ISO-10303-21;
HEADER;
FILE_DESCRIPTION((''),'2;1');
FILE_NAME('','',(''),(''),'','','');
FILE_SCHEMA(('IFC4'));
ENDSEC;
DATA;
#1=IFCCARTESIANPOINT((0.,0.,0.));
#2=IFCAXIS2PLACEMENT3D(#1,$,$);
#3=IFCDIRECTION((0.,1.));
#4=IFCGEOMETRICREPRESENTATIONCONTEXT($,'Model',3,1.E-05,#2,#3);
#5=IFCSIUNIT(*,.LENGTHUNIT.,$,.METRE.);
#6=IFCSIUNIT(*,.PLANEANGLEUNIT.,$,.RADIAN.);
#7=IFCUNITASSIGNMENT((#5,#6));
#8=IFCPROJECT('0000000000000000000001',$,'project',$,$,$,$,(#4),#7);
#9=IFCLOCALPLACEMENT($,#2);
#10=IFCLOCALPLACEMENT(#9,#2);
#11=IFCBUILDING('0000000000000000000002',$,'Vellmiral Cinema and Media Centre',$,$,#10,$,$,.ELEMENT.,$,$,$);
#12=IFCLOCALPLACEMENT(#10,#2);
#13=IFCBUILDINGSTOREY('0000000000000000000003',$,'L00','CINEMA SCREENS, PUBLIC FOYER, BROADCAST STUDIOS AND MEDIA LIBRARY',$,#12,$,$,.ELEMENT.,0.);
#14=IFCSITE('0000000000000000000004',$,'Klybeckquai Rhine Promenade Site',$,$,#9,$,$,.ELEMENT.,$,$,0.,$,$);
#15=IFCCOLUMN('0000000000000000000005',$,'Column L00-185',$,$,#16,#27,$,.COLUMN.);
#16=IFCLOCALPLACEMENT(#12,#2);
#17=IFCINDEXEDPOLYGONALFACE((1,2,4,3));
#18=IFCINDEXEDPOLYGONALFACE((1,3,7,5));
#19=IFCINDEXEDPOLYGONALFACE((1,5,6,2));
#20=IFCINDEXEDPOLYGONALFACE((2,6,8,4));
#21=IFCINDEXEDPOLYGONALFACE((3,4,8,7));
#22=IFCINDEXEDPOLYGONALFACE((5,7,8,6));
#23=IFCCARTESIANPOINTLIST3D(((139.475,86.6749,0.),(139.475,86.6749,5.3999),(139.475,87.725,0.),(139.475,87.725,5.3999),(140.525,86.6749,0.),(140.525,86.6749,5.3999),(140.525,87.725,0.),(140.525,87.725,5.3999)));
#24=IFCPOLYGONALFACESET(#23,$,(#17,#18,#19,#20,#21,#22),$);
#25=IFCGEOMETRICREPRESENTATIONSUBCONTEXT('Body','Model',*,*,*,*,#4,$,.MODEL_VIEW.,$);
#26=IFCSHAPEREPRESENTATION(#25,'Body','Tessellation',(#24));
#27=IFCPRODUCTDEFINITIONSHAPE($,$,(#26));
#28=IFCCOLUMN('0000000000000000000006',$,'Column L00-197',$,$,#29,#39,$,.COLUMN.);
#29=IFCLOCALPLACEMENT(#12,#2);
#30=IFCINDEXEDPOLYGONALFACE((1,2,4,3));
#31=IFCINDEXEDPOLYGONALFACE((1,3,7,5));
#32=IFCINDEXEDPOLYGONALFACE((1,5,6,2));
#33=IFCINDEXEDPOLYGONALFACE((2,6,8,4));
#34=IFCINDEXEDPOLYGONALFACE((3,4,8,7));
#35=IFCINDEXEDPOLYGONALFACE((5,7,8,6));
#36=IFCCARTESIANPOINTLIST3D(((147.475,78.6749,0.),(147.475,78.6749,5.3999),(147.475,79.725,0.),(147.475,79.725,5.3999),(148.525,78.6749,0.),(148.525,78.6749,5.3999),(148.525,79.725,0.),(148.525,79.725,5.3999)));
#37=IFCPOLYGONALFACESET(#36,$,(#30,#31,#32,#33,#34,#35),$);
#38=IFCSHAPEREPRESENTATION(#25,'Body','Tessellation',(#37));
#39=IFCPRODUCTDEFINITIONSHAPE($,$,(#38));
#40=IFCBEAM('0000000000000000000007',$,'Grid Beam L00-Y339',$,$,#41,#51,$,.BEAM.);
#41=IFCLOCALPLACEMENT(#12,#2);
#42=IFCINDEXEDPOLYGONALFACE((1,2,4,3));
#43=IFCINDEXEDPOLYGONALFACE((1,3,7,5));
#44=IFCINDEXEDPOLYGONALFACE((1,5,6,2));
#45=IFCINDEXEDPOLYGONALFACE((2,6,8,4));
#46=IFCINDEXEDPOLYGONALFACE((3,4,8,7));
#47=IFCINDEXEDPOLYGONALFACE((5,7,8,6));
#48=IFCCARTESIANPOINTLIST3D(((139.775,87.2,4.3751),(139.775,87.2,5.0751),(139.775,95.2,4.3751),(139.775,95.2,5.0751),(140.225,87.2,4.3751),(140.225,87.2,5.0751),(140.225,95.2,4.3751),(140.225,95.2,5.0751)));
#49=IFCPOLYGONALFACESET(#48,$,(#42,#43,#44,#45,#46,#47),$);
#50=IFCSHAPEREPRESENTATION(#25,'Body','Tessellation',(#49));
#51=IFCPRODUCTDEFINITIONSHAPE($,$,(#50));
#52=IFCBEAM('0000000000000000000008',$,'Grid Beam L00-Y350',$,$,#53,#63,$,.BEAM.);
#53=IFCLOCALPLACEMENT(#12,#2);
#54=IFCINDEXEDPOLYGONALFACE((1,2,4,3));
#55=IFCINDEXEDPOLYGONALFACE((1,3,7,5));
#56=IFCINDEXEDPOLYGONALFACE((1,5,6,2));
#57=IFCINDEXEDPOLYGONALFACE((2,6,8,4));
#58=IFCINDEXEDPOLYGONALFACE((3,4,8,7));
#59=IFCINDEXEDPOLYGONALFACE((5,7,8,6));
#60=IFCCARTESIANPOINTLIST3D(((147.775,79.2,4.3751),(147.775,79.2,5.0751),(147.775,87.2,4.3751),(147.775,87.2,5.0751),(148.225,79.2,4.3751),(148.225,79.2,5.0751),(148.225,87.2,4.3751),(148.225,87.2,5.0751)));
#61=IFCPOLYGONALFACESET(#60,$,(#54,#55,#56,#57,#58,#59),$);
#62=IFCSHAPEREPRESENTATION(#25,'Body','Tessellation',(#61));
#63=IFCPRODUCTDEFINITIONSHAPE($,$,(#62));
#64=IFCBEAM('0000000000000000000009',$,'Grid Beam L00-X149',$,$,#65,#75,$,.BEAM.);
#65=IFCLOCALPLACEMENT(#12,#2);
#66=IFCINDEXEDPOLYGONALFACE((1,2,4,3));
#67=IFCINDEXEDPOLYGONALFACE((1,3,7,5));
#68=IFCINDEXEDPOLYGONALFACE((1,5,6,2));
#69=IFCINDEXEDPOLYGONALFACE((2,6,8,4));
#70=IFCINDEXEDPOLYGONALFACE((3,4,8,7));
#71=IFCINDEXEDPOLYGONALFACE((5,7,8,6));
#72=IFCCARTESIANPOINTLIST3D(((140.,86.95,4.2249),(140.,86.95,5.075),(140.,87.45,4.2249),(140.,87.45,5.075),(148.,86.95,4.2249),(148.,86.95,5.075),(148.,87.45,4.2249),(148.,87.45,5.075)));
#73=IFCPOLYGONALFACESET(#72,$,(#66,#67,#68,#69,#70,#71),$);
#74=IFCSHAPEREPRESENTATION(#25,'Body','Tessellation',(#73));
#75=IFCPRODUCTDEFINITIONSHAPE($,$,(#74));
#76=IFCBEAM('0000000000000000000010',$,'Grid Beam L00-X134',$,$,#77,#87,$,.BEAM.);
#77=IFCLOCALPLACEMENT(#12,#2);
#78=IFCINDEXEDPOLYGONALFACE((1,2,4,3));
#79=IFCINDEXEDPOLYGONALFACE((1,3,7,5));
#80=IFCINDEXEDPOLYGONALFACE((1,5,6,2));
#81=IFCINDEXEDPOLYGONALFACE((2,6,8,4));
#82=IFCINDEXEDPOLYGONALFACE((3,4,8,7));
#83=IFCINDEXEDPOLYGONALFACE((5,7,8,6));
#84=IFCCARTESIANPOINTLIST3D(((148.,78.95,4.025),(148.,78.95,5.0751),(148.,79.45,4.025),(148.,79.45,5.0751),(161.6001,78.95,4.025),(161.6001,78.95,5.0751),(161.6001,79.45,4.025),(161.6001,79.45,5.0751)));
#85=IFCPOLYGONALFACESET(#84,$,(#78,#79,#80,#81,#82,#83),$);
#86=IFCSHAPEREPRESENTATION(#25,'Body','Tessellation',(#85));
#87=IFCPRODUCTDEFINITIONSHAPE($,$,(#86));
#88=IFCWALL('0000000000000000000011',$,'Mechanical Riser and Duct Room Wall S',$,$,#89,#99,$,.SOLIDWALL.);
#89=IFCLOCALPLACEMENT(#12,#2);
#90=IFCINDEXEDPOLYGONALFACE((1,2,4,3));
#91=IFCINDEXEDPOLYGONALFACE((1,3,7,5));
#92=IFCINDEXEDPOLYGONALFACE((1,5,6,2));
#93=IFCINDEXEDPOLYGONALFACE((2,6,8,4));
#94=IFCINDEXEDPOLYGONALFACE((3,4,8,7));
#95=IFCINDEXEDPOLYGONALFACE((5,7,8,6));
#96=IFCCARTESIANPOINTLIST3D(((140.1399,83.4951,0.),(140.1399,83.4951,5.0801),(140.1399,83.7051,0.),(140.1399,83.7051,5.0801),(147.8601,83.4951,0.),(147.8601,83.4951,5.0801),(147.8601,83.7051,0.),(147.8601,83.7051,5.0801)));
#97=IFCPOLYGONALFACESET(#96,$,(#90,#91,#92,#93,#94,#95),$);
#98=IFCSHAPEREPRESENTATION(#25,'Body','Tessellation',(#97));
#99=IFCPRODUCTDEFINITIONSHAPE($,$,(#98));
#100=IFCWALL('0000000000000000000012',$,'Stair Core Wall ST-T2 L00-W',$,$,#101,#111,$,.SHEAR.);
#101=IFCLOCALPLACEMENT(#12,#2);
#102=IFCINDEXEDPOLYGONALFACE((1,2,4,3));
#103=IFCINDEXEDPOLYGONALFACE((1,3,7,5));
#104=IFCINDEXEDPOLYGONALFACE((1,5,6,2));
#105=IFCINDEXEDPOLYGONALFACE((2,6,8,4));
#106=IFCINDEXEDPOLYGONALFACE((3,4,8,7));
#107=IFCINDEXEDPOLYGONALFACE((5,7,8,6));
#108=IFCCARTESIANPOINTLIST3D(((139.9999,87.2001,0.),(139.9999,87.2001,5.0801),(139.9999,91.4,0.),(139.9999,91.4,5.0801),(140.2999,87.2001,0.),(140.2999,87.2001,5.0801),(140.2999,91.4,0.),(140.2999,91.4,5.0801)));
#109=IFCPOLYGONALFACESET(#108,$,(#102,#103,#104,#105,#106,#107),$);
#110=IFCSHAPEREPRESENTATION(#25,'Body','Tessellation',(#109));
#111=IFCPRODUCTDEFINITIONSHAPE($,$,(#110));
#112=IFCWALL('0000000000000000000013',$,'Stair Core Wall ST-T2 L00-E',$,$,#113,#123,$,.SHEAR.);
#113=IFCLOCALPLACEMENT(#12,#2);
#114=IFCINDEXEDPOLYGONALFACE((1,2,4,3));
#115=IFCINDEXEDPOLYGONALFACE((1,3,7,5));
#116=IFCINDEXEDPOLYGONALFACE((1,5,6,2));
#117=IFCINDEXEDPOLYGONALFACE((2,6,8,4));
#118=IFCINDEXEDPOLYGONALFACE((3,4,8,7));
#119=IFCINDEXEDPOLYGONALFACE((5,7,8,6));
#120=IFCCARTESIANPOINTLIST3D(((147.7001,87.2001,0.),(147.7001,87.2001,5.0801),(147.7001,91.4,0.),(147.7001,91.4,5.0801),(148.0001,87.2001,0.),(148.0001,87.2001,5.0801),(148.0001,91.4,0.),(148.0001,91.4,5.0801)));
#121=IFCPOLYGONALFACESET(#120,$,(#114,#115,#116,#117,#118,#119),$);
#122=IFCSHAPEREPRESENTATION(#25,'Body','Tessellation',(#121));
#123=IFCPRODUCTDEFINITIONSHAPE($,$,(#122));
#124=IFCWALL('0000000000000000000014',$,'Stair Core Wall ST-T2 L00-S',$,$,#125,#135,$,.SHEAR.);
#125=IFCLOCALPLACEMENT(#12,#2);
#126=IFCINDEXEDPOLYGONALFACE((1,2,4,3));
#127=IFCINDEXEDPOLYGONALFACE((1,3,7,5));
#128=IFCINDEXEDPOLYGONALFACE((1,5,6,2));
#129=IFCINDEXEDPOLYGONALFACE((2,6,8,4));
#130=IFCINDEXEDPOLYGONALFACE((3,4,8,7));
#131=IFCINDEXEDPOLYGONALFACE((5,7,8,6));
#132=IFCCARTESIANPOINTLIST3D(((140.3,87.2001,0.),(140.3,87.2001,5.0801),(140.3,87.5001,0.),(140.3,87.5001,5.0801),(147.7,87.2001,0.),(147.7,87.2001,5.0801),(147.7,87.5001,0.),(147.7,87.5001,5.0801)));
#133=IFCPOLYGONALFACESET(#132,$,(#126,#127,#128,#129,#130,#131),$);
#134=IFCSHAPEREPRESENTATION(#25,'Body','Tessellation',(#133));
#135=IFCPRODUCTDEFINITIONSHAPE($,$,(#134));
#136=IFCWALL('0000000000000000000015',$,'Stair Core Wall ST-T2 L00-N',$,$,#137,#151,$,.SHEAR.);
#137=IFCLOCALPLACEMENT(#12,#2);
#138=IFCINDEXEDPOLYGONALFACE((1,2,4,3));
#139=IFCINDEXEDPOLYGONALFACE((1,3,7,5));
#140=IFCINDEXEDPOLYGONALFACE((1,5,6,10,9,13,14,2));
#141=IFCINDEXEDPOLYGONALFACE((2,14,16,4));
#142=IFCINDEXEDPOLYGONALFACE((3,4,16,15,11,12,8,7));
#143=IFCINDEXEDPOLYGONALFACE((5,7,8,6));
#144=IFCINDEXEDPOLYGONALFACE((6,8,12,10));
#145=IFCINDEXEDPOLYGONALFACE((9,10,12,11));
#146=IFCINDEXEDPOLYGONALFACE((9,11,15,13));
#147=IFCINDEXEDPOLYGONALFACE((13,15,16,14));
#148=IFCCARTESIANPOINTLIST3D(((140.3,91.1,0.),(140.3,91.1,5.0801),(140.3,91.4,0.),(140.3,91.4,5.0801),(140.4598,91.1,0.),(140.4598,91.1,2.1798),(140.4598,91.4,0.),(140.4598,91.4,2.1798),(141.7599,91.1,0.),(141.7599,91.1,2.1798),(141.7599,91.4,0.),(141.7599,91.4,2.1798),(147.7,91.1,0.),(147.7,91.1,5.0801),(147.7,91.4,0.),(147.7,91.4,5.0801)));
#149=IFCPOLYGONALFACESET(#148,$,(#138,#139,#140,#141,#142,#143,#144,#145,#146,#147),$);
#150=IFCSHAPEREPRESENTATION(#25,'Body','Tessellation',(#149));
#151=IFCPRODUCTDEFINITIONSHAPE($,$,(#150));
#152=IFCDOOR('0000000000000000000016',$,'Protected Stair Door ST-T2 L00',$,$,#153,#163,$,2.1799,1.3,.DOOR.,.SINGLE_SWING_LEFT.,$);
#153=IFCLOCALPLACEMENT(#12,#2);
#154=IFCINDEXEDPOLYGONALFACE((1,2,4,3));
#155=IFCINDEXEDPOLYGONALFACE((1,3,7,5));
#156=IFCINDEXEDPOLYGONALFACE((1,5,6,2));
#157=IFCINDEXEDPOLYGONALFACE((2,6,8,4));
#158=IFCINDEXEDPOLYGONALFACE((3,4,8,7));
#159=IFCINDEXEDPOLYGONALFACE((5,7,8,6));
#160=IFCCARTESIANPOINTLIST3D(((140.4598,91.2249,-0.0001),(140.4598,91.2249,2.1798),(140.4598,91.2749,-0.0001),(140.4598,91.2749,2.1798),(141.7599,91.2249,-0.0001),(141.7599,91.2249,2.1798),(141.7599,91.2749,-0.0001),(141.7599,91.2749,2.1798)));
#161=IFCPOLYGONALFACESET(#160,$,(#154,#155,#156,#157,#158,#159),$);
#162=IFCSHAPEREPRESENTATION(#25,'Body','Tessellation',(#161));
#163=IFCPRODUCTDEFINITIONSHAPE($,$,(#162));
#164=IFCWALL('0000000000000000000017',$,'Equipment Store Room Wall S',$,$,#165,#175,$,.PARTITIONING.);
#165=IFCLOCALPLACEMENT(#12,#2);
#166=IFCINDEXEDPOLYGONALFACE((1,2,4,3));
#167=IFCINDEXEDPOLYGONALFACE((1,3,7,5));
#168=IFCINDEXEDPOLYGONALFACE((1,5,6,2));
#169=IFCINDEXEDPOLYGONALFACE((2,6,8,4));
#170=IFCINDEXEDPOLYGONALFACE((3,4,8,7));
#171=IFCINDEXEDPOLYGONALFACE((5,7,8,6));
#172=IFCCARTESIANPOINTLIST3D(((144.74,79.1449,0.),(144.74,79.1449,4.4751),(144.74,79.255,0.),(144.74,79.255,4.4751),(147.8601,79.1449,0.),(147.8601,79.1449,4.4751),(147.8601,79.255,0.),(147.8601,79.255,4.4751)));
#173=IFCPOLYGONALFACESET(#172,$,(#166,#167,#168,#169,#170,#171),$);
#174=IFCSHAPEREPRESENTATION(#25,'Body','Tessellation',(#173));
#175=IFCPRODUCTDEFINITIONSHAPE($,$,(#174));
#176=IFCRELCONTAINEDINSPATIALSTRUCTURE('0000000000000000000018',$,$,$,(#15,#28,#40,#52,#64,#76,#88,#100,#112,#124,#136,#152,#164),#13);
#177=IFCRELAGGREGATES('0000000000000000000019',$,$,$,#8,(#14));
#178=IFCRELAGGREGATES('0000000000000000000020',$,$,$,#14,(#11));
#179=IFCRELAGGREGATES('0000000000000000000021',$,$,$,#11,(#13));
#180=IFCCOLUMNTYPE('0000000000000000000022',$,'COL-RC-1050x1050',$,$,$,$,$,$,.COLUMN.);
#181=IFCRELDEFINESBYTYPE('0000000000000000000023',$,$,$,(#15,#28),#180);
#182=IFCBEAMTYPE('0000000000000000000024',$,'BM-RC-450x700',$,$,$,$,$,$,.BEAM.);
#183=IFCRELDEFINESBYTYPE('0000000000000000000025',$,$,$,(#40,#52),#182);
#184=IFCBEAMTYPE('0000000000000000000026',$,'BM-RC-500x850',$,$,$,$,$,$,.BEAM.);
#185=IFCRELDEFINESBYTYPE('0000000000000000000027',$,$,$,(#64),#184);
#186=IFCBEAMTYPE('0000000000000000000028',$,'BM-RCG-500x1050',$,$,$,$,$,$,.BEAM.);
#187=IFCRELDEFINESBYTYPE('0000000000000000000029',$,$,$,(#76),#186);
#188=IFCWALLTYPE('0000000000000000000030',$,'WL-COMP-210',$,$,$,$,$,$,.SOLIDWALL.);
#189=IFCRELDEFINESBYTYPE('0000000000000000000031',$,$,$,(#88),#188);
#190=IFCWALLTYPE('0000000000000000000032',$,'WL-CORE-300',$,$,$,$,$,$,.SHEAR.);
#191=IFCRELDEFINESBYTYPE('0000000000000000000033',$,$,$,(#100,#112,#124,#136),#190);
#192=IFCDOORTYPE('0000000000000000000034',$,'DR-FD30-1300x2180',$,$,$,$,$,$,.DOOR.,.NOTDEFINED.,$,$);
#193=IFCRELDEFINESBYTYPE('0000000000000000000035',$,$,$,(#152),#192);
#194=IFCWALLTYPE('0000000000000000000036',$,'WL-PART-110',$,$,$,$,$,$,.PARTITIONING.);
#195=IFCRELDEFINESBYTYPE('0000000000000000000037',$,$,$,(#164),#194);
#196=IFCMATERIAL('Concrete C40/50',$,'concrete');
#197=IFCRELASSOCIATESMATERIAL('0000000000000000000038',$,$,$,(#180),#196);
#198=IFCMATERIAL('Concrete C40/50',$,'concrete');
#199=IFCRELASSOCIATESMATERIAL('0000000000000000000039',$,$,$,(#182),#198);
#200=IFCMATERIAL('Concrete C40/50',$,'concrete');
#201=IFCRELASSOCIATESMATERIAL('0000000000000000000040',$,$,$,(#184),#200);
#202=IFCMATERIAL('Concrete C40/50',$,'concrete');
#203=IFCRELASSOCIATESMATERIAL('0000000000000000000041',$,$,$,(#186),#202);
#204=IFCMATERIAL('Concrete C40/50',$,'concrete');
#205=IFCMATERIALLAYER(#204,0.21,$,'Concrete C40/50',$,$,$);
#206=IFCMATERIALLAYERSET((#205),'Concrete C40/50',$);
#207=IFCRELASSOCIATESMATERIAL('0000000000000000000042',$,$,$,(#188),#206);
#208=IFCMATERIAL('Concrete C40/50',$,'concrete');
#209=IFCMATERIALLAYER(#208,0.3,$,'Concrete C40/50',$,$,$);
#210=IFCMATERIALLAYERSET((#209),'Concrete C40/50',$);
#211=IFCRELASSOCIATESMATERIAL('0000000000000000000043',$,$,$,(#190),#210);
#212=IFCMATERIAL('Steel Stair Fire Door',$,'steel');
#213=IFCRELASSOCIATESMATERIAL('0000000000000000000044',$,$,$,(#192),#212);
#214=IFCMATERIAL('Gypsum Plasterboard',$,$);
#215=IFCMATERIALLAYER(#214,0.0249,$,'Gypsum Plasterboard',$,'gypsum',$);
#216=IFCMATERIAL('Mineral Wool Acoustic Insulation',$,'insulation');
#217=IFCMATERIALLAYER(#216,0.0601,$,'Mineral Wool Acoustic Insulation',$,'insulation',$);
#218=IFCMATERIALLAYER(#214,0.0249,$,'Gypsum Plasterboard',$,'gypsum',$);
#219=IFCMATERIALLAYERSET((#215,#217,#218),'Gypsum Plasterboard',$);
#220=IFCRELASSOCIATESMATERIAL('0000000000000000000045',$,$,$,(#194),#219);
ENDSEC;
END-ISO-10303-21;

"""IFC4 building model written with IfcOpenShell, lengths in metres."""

from ifc_helpers import new_model, si_unit, direction, frame, frame_2d, origin, origin_2d, place, context, subcontext, project, spatial, rectangle, extrude, material, layer, layer_set, material_profile, profile_set, type_object, element, fill, save


model = new_model("IFC4")

# Units and contexts
model_context = context("Model", 3, precision=1e-05, world=origin(), true_north=direction((0.0, 1.0)))
body_context = subcontext(model_context, "Body", "Model", "MODEL_VIEW")
ifc_project = project(units=[si_unit("LENGTHUNIT", "METRE"), si_unit("PLANEANGLEUNIT", "RADIAN")], contexts=[model_context])

# Site, building, storey
site_placement = place(None, origin())
site = spatial("IfcSite", under=ifc_project, at=site_placement, Name="Klybeckquai Rhine Promenade Site", CompositionType="ELEMENT", RefElevation=0.0)
building_placement = place(site_placement, origin())
building = spatial("IfcBuilding", under=site, at=building_placement, Name="Vellmiral Cinema and Media Centre", CompositionType="ELEMENT")
storey_placement = place(building_placement, origin())
storey = spatial("IfcBuildingStorey", under=building, at=storey_placement, Name="L00", Description="CINEMA SCREENS, PUBLIC FOYER, BROADCAST STUDIOS AND MEDIA LIBRARY", CompositionType="ELEMENT", Elevation=0.0)

# Columns
ifc_material_1 = material(Name="Concrete C40/50", Category="concrete")
ifc_material_profile_1 = material_profile(ifc_material_1, rectangle(XDim=1.05, YDim=1.05, at=origin_2d()), Name="RC 1050x1050")
ifc_profile_set_1 = profile_set([ifc_material_profile_1], Name="Concrete C40/50")
column_type = type_object("IfcColumnType", Name="COL-RC-1050x1050", PredefinedType="COLUMN", material=ifc_profile_set_1)
for number, where, z_axis, x_axis, name in (
    (1, (140.0, 87.2, 0.0), (0.0, 0.0, 1.0), (1.0, 0.0, 0.0), "Column L00-185"),
    (2, (148.0, 79.2, 0.0), (0.0, 0.0, 1.0), (1.0, 0.0, 0.0), "Column L00-197"),
):
    element("IfcColumn", number, at=place(storey_placement, frame(where, z_axis=z_axis, x_axis=x_axis)), inside=storey, type_object=column_type, Name=name, PredefinedType="COLUMN", context=body_context, shape_type="SweptSolid", body=[
        extrude(rectangle(XDim=1.05, YDim=1.05, at=origin_2d()), origin(), (0.0, 0.0, 1.0), 5.3999),
    ])

# Beams
ifc_material_2 = material(Name="Concrete C40/50", Category="concrete")
ifc_material_profile_2 = material_profile(ifc_material_2, rectangle(XDim=0.45, YDim=0.7, at=origin_2d()), Name="RC 450x700")
ifc_profile_set_2 = profile_set([ifc_material_profile_2], Name="Concrete C40/50")
beam_type_1 = type_object("IfcBeamType", Name="BM-RC-450x700", PredefinedType="BEAM", material=ifc_profile_set_2)
for number, where, z_axis, x_axis, name in (
    (3, (140.0, 87.2, 4.7251), (0.0, 1.0, 0.0), (-1.0, 0.0, 0.0), "Grid Beam L00-Y339"),
    (4, (148.0, 79.2, 4.7251), (0.0, 1.0, 0.0), (-1.0, 0.0, 0.0), "Grid Beam L00-Y350"),
):
    element("IfcBeam", number, at=place(storey_placement, frame(where, z_axis=z_axis, x_axis=x_axis)), inside=storey, type_object=beam_type_1, Name=name, PredefinedType="BEAM", context=body_context, shape_type="SweptSolid", body=[
        extrude(rectangle(XDim=0.45, YDim=0.7, at=origin_2d()), origin(), (0.0, 0.0, 1.0), 8.0),
    ])
ifc_material_3 = material(Name="Concrete C40/50", Category="concrete")
ifc_material_profile_3 = material_profile(ifc_material_3, rectangle(XDim=0.5, YDim=0.8501, at=origin_2d()), Name="RC 500x850")
ifc_profile_set_3 = profile_set([ifc_material_profile_3], Name="Concrete C40/50")
beam_type_2 = type_object("IfcBeamType", Name="BM-RC-500x850", PredefinedType="BEAM", material=ifc_profile_set_3)
beam_1_placement = place(storey_placement, frame((140.0, 87.2, 4.6499), z_axis=(1.0, 0.0, 0.0), x_axis=(0.0, 1.0, 0.0)))
element("IfcBeam", 5, at=beam_1_placement, inside=storey, type_object=beam_type_2, Name="Grid Beam L00-X149", PredefinedType="BEAM", context=body_context, shape_type="SweptSolid", body=[
    extrude(rectangle(XDim=0.5, YDim=0.8501, at=origin_2d()), origin(), (0.0, 0.0, 1.0), 8.0),
])
ifc_material_4 = material(Name="Concrete C40/50", Category="concrete")
ifc_material_profile_4 = material_profile(ifc_material_4, rectangle(XDim=0.5, YDim=1.05, at=origin_2d()), Name="RC 500x1050")
ifc_profile_set_4 = profile_set([ifc_material_profile_4], Name="Concrete C40/50")
beam_type_3 = type_object("IfcBeamType", Name="BM-RCG-500x1050", PredefinedType="BEAM", material=ifc_profile_set_4)
beam_2_placement = place(storey_placement, frame((148.0, 79.2, 4.55), z_axis=(1.0, 0.0, 0.0), x_axis=(0.0, 1.0, 0.0)))
element("IfcBeam", 6, at=beam_2_placement, inside=storey, type_object=beam_type_3, Name="Grid Beam L00-X134", PredefinedType="BEAM", context=body_context, shape_type="SweptSolid", body=[
    extrude(rectangle(XDim=0.5, YDim=1.05, at=origin_2d()), origin(), (0.0, 0.0, 1.0), 13.6001),
])

# Walls
ifc_material_5 = material(Name="Concrete C40/50", Category="concrete")
ifc_layer_1 = layer(ifc_material_5, 0.21, Name="Concrete C40/50")
ifc_layer_set_1 = layer_set([ifc_layer_1], Name="Concrete C40/50")
wall_type_1 = type_object("IfcWallType", Name="WL-COMP-210", PredefinedType="SOLIDWALL", material=ifc_layer_set_1)
wall_1_placement = place(storey_placement, frame((140.1399, 83.6001, 0.0), z_axis=(0.0, 0.0, 1.0), x_axis=(1.0, 0.0, 0.0)))
element("IfcWall", 7, at=wall_1_placement, inside=storey, type_object=wall_type_1, Name="Mechanical Riser and Duct Room Wall S", PredefinedType="SOLIDWALL", context=body_context, shape_type="SweptSolid", body=[
    extrude(rectangle(XDim=7.7202, YDim=0.21, at=frame_2d((3.8601, 0.0))), origin(), (0.0, 0.0, 1.0), 5.0801),
])
ifc_material_6 = material(Name="Concrete C40/50", Category="concrete")
ifc_layer_2 = layer(ifc_material_6, 0.3, Name="Concrete C40/50")
ifc_layer_set_2 = layer_set([ifc_layer_2], Name="Concrete C40/50")
wall_type_2 = type_object("IfcWallType", Name="WL-CORE-300", PredefinedType="SHEAR", material=ifc_layer_set_2)
for number, where, z_axis, x_axis, name in (
    (8, (140.1499, 87.2, 0.0), (0.0, 0.0, 1.0), (0.0, 1.0, 0.0), "Stair Core Wall ST-T2 L00-W"),
    (9, (147.8501, 87.2, 0.0), (0.0, 0.0, 1.0), (0.0, 1.0, 0.0), "Stair Core Wall ST-T2 L00-E"),
):
    element("IfcWall", number, at=place(storey_placement, frame(where, z_axis=z_axis, x_axis=x_axis)), inside=storey, type_object=wall_type_2, Name=name, PredefinedType="SHEAR", context=body_context, shape_type="SweptSolid", body=[
        extrude(rectangle(XDim=4.2, YDim=0.3, at=frame_2d((2.1001, 0.0))), origin(), (0.0, 0.0, 1.0), 5.0801),
    ])
wall_2_placement = place(storey_placement, frame((140.3, 87.3501, 0.0), z_axis=(0.0, 0.0, 1.0), x_axis=(1.0, 0.0, 0.0)))
element("IfcWall", 10, at=wall_2_placement, inside=storey, type_object=wall_type_2, Name="Stair Core Wall ST-T2 L00-S", PredefinedType="SHEAR", context=body_context, shape_type="SweptSolid", body=[
    extrude(rectangle(XDim=7.3999, YDim=0.3, at=frame_2d((3.7, 0.0))), origin(), (0.0, 0.0, 1.0), 5.0801),
])

# Wall, opening, door
wall_3_placement = place(storey_placement, frame((140.3, 91.25, 0.0), z_axis=(0.0, 0.0, 1.0), x_axis=(1.0, 0.0, 0.0)))
wall_3 = element("IfcWall", 11, at=wall_3_placement, inside=storey, type_object=wall_type_2, Name="Stair Core Wall ST-T2 L00-N", PredefinedType="SHEAR", context=body_context, shape_type="SweptSolid", body=[
    extrude(rectangle(XDim=7.3999, YDim=0.3, at=frame_2d((3.7, 0.0))), origin(), (0.0, 0.0, 1.0), 5.0801),
])
opening_1_placement = place(wall_3_placement, frame((0.1599, 0.0, 0.0)))
opening_1 = element("IfcOpeningElement", 12, at=opening_1_placement, cuts=wall_3, PredefinedType="OPENING", context=body_context, shape_type="SweptSolid", body=[
    extrude(rectangle(XDim=1.3, YDim=2.1799, at=frame_2d((0.6499, 1.0898))), frame((0.0, 0.1621, 0.0), z_axis=(0.0, -1.0, 0.0), x_axis=(1.0, 0.0, 0.0)), (0.0, 0.0, 1.0), 0.324),
])
ifc_material_7 = material(Name="Steel Stair Fire Door", Category="steel")
door_type_1 = type_object("IfcDoorType", Name="DR-FD30-1300x2180", OperationType="NOTDEFINED", PredefinedType="DOOR", material=ifc_material_7)
door_1_placement = place(opening_1_placement, origin())
door_1 = element("IfcDoor", 13, at=door_1_placement, inside=storey, type_object=door_type_1, Name="Protected Stair Door ST-T2 L00", OperationType="SINGLE_SWING_LEFT", OverallHeight=2.1799, OverallWidth=1.3, PredefinedType="DOOR", context=body_context, shape_type="SweptSolid", body=[
    extrude(rectangle(XDim=1.3, YDim=2.1799, at=frame_2d((0.6499, 1.0898))), frame((0.0, 0.0249, 0.0), z_axis=(0.0, -1.0, 0.0), x_axis=(1.0, 0.0, 0.0)), (0.0, 0.0, 1.0), 0.05),
])
fill(opening_1, door_1)

# Wall
ifc_material_8 = material(Name="Gypsum Plasterboard")
ifc_layer_3 = layer(ifc_material_8, 0.0249, Name="Gypsum Plasterboard", Category="gypsum")
ifc_material_9 = material(Name="Mineral Wool Acoustic Insulation", Category="insulation")
ifc_layer_4 = layer(ifc_material_9, 0.0601, Name="Mineral Wool Acoustic Insulation", Category="insulation")
ifc_layer_5 = layer(ifc_material_8, 0.0249, Name="Gypsum Plasterboard", Category="gypsum")
ifc_layer_set_3 = layer_set([ifc_layer_3, ifc_layer_4, ifc_layer_5], Name="Gypsum Plasterboard")
wall_type_3 = type_object("IfcWallType", Name="WL-PART-110", PredefinedType="PARTITIONING", material=ifc_layer_set_3)
wall_4_placement = place(storey_placement, frame((144.74, 79.2, 0.0), z_axis=(0.0, 0.0, 1.0), x_axis=(1.0, 0.0, 0.0)))
element("IfcWall", 14, at=wall_4_placement, inside=storey, type_object=wall_type_3, Name="Equipment Store Room Wall S", PredefinedType="PARTITIONING", context=body_context, shape_type="SweptSolid", body=[
    extrude(rectangle(XDim=3.1201, YDim=0.1101, at=frame_2d((1.5601, 0.0))), origin(), (0.0, 0.0, 1.0), 4.4751),
])

save(model, "model.ifc")
